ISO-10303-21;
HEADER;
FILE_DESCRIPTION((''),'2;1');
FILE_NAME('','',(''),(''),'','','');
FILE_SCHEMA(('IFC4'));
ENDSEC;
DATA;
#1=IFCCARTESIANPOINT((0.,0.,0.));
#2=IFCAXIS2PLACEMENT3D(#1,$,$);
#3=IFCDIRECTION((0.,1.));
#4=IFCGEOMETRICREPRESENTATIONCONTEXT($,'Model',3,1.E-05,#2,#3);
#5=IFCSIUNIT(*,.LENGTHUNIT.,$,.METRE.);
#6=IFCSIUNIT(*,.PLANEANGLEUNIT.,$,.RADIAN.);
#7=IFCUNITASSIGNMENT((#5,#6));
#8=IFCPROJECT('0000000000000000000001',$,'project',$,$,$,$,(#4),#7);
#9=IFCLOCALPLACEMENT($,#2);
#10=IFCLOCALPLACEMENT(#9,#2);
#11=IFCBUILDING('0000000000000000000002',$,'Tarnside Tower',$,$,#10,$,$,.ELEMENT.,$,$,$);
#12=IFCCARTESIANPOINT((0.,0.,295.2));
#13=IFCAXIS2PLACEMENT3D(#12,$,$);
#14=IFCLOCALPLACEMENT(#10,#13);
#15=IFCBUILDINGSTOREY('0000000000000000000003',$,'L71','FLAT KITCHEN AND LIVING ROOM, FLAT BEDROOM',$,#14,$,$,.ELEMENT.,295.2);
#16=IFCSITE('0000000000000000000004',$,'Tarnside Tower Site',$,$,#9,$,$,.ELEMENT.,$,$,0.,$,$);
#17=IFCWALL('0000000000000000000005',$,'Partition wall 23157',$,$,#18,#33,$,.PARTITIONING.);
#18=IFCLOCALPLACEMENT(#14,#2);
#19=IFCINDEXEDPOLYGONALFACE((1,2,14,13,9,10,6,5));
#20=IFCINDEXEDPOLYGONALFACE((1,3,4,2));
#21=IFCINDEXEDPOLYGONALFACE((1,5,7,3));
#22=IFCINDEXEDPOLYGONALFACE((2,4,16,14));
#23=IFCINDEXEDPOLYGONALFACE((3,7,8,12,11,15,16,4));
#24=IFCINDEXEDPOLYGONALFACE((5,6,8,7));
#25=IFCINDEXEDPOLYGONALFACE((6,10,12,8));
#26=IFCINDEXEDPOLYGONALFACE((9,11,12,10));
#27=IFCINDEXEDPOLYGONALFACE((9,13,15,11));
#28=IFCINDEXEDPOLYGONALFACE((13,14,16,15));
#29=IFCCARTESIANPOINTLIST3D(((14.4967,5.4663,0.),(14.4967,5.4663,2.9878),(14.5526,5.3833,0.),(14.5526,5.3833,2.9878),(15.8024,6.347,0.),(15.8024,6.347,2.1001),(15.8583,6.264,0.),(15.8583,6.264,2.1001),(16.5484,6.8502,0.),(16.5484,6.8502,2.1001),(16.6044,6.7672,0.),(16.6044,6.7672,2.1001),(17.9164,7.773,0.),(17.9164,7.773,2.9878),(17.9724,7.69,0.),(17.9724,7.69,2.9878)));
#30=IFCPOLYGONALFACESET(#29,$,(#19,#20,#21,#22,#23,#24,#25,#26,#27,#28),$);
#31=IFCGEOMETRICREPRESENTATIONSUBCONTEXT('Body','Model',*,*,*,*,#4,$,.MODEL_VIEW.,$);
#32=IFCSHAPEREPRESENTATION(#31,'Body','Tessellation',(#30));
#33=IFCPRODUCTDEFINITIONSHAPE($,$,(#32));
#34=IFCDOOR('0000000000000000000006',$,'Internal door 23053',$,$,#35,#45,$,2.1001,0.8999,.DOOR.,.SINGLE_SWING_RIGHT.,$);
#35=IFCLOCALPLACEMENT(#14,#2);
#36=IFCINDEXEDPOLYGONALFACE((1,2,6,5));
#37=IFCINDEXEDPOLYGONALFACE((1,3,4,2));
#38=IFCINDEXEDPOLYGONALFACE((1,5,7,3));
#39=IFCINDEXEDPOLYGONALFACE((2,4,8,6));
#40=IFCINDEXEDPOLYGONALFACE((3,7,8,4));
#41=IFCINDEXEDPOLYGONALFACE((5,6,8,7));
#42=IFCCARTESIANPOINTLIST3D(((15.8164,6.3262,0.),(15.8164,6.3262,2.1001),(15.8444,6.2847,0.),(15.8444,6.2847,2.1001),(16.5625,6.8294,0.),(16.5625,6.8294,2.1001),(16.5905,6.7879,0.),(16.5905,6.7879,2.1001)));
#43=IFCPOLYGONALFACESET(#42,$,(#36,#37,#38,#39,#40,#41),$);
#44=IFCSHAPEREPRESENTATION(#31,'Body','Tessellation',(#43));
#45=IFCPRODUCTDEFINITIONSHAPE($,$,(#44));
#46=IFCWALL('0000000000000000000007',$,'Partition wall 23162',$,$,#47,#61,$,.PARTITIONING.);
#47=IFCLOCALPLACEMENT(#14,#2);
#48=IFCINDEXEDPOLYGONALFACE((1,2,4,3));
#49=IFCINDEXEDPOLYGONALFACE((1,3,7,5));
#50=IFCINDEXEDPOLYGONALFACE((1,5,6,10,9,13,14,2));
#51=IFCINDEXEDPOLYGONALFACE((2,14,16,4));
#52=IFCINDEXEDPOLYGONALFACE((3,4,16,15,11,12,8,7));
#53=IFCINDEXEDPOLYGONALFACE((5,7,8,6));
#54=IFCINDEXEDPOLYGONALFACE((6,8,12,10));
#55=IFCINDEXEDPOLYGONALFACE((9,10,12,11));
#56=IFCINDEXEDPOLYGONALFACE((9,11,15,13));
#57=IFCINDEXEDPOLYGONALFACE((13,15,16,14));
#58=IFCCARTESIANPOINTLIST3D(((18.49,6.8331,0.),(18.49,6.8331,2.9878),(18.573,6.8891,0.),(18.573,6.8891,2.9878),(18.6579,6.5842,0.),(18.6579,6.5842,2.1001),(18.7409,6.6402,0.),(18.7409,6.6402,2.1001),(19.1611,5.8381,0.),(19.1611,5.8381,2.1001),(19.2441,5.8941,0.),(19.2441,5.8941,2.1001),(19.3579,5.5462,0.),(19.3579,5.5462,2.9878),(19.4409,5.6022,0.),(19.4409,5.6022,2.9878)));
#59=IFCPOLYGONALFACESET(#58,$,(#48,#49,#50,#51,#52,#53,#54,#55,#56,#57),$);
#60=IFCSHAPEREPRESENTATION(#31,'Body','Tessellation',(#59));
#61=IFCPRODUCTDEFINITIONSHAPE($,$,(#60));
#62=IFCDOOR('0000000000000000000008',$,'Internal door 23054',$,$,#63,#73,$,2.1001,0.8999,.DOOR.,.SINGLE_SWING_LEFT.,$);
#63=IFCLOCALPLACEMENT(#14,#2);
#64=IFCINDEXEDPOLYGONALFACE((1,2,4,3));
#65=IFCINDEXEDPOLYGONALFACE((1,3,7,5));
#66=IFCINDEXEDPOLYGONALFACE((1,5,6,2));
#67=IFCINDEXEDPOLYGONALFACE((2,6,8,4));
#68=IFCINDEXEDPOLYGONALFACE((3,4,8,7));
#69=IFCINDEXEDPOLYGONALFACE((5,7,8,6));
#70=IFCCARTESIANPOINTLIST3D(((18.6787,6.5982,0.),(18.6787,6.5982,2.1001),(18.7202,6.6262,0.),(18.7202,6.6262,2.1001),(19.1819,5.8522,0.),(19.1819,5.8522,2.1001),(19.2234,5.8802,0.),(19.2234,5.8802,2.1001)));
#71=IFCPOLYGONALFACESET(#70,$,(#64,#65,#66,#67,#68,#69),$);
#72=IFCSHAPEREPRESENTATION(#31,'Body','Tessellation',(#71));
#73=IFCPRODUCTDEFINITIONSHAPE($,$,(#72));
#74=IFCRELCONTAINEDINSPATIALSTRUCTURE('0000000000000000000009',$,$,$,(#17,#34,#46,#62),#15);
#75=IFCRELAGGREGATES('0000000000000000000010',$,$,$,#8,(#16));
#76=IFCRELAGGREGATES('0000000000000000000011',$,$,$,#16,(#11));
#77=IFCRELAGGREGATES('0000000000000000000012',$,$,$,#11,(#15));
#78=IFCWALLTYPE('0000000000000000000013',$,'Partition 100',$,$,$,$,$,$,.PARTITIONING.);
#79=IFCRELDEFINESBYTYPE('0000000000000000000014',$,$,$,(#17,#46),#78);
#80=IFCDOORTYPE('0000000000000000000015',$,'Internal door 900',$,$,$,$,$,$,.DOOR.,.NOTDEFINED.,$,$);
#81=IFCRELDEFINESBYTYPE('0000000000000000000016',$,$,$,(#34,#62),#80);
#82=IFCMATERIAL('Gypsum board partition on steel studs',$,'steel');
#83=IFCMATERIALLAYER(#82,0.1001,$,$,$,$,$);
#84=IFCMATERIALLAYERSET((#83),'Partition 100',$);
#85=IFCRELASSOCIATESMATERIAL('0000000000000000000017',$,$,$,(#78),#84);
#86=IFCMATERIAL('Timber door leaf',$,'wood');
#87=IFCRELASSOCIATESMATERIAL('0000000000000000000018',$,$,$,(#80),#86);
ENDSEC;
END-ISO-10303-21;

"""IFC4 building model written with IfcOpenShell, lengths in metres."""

from ifc_helpers import new_model, si_unit, direction, frame, frame_2d, origin, place, context, subcontext, project, spatial, rectangle, extrude, material, layer, layer_set, type_object, element, fill, save


model = new_model("IFC4")

# Units and contexts
model_context = context("Model", 3, precision=1e-05, world=origin(), true_north=direction((0.0, 1.0)))
body_context = subcontext(model_context, "Body", "Model", "MODEL_VIEW")
ifc_project = project(units=[si_unit("LENGTHUNIT", "METRE"), si_unit("PLANEANGLEUNIT", "RADIAN")], contexts=[model_context])

# Site, building, storey
site_placement = place(None, origin())
site = spatial("IfcSite", under=ifc_project, at=site_placement, Name="Tarnside Tower Site", CompositionType="ELEMENT", RefElevation=0.0)
building_placement = place(site_placement, origin())
building = spatial("IfcBuilding", under=site, at=building_placement, Name="Tarnside Tower", CompositionType="ELEMENT")
storey_placement = place(building_placement, frame((0.0, 0.0, 295.2)))
storey = spatial("IfcBuildingStorey", under=building, at=storey_placement, Name="L71", Description="FLAT KITCHEN AND LIVING ROOM, FLAT BEDROOM", CompositionType="ELEMENT", Elevation=295.2)

# Shared definitions
ifc_material_1 = material(Name="Gypsum board partition on steel studs", Category="steel")

# Shared definitions
ifc_material_2 = material(Name="Timber door leaf", Category="wood")

# Walls, openings, doors
ifc_layer_1 = layer(ifc_material_1, 0.1001)
ifc_layer_set_1 = layer_set([ifc_layer_1], Name="Partition 100")
wall_type_1 = type_object("IfcWallType", Name="Partition 100", PredefinedType="PARTITIONING", material=ifc_layer_set_1)
wall_1_placement = place(storey_placement, frame((14.5247, 5.4248, 0.0), z_axis=(0.0, 0.0, 1.0), x_axis=(0.829033, 0.559199, 0.0)))
wall_1 = element("IfcWall", 1, at=wall_1_placement, inside=storey, type_object=wall_type_1, Name="Partition wall 23157", PredefinedType="PARTITIONING", context=body_context, shape_type="SweptSolid", body=[
    extrude(rectangle(XDim=4.125, YDim=0.1001, at=frame_2d((2.0625, 0.0))), origin(), (0.0, 0.0, 1.0), 2.9878),
])
opening_1_placement = place(wall_1_placement, frame((1.575, 0.0, 0.0)))
opening_1 = element("IfcOpeningElement", 2, at=opening_1_placement, cuts=wall_1, PredefinedType="OPENING", context=body_context, shape_type="SweptSolid", body=[
    extrude(rectangle(XDim=0.8999, YDim=2.1001, at=frame_2d((0.45, 1.05))), frame((0.0, 0.0601, 0.0), z_axis=(0.0, -1.0, 0.0), x_axis=(1.0, 0.0, 0.0)), (0.0, 0.0, 1.0), 0.1201),
])
door_type_1 = type_object("IfcDoorType", Name="Internal door 900", OperationType="NOTDEFINED", PredefinedType="DOOR", material=ifc_material_2)
door_1_placement = place(opening_1_placement, origin())
door_1 = element("IfcDoor", 3, at=door_1_placement, inside=storey, type_object=door_type_1, Name="Internal door 23053", OperationType="SINGLE_SWING_RIGHT", OverallHeight=2.1001, OverallWidth=0.8999, PredefinedType="DOOR", context=body_context, shape_type="SweptSolid", body=[
    extrude(rectangle(XDim=0.8999, YDim=2.1001, at=frame_2d((0.45, 1.05))), frame((0.0, 0.0249, 0.0), z_axis=(0.0, -1.0, 0.0), x_axis=(1.0, 0.0, 0.0)), (0.0, 0.0, 1.0), 0.05),
])
fill(opening_1, door_1)
wall_2_placement = place(storey_placement, frame((19.3994, 5.5742, 0.0), z_axis=(0.0, 0.0, 1.0), x_axis=(-0.559157, 0.829062, 0.0)))
wall_2 = element("IfcWall", 4, at=wall_2_placement, inside=storey, type_object=wall_type_1, Name="Partition wall 23162", PredefinedType="PARTITIONING", context=body_context, shape_type="SweptSolid", body=[
    extrude(rectangle(XDim=1.5522, YDim=0.1001, at=frame_2d((0.7761, 0.0))), origin(), (0.0, 0.0, 1.0), 2.9878),
])
opening_2_placement = place(wall_2_placement, frame((0.3521, 0.0, 0.0)))
opening_2 = element("IfcOpeningElement", 5, at=opening_2_placement, cuts=wall_2, PredefinedType="OPENING", context=body_context, shape_type="SweptSolid", body=[
    extrude(rectangle(XDim=0.8999, YDim=2.1001, at=frame_2d((0.45, 1.05))), frame((0.0, 0.0601, 0.0), z_axis=(0.0, -1.0, 0.0), x_axis=(1.0, 0.0, 0.0)), (0.0, 0.0, 1.0), 0.1201),
])
door_2_placement = place(opening_2_placement, origin())
door_2 = element("IfcDoor", 6, at=door_2_placement, inside=storey, type_object=door_type_1, Name="Internal door 23054", OperationType="SINGLE_SWING_LEFT", OverallHeight=2.1001, OverallWidth=0.8999, PredefinedType="DOOR", context=body_context, shape_type="SweptSolid", body=[
    extrude(rectangle(XDim=0.8999, YDim=2.1001, at=frame_2d((0.45, 1.05))), frame((0.0, 0.0249, 0.0), z_axis=(0.0, -1.0, 0.0), x_axis=(1.0, 0.0, 0.0)), (0.0, 0.0, 1.0), 0.05),
])
fill(opening_2, door_2)

save(model, "model.ifc")
